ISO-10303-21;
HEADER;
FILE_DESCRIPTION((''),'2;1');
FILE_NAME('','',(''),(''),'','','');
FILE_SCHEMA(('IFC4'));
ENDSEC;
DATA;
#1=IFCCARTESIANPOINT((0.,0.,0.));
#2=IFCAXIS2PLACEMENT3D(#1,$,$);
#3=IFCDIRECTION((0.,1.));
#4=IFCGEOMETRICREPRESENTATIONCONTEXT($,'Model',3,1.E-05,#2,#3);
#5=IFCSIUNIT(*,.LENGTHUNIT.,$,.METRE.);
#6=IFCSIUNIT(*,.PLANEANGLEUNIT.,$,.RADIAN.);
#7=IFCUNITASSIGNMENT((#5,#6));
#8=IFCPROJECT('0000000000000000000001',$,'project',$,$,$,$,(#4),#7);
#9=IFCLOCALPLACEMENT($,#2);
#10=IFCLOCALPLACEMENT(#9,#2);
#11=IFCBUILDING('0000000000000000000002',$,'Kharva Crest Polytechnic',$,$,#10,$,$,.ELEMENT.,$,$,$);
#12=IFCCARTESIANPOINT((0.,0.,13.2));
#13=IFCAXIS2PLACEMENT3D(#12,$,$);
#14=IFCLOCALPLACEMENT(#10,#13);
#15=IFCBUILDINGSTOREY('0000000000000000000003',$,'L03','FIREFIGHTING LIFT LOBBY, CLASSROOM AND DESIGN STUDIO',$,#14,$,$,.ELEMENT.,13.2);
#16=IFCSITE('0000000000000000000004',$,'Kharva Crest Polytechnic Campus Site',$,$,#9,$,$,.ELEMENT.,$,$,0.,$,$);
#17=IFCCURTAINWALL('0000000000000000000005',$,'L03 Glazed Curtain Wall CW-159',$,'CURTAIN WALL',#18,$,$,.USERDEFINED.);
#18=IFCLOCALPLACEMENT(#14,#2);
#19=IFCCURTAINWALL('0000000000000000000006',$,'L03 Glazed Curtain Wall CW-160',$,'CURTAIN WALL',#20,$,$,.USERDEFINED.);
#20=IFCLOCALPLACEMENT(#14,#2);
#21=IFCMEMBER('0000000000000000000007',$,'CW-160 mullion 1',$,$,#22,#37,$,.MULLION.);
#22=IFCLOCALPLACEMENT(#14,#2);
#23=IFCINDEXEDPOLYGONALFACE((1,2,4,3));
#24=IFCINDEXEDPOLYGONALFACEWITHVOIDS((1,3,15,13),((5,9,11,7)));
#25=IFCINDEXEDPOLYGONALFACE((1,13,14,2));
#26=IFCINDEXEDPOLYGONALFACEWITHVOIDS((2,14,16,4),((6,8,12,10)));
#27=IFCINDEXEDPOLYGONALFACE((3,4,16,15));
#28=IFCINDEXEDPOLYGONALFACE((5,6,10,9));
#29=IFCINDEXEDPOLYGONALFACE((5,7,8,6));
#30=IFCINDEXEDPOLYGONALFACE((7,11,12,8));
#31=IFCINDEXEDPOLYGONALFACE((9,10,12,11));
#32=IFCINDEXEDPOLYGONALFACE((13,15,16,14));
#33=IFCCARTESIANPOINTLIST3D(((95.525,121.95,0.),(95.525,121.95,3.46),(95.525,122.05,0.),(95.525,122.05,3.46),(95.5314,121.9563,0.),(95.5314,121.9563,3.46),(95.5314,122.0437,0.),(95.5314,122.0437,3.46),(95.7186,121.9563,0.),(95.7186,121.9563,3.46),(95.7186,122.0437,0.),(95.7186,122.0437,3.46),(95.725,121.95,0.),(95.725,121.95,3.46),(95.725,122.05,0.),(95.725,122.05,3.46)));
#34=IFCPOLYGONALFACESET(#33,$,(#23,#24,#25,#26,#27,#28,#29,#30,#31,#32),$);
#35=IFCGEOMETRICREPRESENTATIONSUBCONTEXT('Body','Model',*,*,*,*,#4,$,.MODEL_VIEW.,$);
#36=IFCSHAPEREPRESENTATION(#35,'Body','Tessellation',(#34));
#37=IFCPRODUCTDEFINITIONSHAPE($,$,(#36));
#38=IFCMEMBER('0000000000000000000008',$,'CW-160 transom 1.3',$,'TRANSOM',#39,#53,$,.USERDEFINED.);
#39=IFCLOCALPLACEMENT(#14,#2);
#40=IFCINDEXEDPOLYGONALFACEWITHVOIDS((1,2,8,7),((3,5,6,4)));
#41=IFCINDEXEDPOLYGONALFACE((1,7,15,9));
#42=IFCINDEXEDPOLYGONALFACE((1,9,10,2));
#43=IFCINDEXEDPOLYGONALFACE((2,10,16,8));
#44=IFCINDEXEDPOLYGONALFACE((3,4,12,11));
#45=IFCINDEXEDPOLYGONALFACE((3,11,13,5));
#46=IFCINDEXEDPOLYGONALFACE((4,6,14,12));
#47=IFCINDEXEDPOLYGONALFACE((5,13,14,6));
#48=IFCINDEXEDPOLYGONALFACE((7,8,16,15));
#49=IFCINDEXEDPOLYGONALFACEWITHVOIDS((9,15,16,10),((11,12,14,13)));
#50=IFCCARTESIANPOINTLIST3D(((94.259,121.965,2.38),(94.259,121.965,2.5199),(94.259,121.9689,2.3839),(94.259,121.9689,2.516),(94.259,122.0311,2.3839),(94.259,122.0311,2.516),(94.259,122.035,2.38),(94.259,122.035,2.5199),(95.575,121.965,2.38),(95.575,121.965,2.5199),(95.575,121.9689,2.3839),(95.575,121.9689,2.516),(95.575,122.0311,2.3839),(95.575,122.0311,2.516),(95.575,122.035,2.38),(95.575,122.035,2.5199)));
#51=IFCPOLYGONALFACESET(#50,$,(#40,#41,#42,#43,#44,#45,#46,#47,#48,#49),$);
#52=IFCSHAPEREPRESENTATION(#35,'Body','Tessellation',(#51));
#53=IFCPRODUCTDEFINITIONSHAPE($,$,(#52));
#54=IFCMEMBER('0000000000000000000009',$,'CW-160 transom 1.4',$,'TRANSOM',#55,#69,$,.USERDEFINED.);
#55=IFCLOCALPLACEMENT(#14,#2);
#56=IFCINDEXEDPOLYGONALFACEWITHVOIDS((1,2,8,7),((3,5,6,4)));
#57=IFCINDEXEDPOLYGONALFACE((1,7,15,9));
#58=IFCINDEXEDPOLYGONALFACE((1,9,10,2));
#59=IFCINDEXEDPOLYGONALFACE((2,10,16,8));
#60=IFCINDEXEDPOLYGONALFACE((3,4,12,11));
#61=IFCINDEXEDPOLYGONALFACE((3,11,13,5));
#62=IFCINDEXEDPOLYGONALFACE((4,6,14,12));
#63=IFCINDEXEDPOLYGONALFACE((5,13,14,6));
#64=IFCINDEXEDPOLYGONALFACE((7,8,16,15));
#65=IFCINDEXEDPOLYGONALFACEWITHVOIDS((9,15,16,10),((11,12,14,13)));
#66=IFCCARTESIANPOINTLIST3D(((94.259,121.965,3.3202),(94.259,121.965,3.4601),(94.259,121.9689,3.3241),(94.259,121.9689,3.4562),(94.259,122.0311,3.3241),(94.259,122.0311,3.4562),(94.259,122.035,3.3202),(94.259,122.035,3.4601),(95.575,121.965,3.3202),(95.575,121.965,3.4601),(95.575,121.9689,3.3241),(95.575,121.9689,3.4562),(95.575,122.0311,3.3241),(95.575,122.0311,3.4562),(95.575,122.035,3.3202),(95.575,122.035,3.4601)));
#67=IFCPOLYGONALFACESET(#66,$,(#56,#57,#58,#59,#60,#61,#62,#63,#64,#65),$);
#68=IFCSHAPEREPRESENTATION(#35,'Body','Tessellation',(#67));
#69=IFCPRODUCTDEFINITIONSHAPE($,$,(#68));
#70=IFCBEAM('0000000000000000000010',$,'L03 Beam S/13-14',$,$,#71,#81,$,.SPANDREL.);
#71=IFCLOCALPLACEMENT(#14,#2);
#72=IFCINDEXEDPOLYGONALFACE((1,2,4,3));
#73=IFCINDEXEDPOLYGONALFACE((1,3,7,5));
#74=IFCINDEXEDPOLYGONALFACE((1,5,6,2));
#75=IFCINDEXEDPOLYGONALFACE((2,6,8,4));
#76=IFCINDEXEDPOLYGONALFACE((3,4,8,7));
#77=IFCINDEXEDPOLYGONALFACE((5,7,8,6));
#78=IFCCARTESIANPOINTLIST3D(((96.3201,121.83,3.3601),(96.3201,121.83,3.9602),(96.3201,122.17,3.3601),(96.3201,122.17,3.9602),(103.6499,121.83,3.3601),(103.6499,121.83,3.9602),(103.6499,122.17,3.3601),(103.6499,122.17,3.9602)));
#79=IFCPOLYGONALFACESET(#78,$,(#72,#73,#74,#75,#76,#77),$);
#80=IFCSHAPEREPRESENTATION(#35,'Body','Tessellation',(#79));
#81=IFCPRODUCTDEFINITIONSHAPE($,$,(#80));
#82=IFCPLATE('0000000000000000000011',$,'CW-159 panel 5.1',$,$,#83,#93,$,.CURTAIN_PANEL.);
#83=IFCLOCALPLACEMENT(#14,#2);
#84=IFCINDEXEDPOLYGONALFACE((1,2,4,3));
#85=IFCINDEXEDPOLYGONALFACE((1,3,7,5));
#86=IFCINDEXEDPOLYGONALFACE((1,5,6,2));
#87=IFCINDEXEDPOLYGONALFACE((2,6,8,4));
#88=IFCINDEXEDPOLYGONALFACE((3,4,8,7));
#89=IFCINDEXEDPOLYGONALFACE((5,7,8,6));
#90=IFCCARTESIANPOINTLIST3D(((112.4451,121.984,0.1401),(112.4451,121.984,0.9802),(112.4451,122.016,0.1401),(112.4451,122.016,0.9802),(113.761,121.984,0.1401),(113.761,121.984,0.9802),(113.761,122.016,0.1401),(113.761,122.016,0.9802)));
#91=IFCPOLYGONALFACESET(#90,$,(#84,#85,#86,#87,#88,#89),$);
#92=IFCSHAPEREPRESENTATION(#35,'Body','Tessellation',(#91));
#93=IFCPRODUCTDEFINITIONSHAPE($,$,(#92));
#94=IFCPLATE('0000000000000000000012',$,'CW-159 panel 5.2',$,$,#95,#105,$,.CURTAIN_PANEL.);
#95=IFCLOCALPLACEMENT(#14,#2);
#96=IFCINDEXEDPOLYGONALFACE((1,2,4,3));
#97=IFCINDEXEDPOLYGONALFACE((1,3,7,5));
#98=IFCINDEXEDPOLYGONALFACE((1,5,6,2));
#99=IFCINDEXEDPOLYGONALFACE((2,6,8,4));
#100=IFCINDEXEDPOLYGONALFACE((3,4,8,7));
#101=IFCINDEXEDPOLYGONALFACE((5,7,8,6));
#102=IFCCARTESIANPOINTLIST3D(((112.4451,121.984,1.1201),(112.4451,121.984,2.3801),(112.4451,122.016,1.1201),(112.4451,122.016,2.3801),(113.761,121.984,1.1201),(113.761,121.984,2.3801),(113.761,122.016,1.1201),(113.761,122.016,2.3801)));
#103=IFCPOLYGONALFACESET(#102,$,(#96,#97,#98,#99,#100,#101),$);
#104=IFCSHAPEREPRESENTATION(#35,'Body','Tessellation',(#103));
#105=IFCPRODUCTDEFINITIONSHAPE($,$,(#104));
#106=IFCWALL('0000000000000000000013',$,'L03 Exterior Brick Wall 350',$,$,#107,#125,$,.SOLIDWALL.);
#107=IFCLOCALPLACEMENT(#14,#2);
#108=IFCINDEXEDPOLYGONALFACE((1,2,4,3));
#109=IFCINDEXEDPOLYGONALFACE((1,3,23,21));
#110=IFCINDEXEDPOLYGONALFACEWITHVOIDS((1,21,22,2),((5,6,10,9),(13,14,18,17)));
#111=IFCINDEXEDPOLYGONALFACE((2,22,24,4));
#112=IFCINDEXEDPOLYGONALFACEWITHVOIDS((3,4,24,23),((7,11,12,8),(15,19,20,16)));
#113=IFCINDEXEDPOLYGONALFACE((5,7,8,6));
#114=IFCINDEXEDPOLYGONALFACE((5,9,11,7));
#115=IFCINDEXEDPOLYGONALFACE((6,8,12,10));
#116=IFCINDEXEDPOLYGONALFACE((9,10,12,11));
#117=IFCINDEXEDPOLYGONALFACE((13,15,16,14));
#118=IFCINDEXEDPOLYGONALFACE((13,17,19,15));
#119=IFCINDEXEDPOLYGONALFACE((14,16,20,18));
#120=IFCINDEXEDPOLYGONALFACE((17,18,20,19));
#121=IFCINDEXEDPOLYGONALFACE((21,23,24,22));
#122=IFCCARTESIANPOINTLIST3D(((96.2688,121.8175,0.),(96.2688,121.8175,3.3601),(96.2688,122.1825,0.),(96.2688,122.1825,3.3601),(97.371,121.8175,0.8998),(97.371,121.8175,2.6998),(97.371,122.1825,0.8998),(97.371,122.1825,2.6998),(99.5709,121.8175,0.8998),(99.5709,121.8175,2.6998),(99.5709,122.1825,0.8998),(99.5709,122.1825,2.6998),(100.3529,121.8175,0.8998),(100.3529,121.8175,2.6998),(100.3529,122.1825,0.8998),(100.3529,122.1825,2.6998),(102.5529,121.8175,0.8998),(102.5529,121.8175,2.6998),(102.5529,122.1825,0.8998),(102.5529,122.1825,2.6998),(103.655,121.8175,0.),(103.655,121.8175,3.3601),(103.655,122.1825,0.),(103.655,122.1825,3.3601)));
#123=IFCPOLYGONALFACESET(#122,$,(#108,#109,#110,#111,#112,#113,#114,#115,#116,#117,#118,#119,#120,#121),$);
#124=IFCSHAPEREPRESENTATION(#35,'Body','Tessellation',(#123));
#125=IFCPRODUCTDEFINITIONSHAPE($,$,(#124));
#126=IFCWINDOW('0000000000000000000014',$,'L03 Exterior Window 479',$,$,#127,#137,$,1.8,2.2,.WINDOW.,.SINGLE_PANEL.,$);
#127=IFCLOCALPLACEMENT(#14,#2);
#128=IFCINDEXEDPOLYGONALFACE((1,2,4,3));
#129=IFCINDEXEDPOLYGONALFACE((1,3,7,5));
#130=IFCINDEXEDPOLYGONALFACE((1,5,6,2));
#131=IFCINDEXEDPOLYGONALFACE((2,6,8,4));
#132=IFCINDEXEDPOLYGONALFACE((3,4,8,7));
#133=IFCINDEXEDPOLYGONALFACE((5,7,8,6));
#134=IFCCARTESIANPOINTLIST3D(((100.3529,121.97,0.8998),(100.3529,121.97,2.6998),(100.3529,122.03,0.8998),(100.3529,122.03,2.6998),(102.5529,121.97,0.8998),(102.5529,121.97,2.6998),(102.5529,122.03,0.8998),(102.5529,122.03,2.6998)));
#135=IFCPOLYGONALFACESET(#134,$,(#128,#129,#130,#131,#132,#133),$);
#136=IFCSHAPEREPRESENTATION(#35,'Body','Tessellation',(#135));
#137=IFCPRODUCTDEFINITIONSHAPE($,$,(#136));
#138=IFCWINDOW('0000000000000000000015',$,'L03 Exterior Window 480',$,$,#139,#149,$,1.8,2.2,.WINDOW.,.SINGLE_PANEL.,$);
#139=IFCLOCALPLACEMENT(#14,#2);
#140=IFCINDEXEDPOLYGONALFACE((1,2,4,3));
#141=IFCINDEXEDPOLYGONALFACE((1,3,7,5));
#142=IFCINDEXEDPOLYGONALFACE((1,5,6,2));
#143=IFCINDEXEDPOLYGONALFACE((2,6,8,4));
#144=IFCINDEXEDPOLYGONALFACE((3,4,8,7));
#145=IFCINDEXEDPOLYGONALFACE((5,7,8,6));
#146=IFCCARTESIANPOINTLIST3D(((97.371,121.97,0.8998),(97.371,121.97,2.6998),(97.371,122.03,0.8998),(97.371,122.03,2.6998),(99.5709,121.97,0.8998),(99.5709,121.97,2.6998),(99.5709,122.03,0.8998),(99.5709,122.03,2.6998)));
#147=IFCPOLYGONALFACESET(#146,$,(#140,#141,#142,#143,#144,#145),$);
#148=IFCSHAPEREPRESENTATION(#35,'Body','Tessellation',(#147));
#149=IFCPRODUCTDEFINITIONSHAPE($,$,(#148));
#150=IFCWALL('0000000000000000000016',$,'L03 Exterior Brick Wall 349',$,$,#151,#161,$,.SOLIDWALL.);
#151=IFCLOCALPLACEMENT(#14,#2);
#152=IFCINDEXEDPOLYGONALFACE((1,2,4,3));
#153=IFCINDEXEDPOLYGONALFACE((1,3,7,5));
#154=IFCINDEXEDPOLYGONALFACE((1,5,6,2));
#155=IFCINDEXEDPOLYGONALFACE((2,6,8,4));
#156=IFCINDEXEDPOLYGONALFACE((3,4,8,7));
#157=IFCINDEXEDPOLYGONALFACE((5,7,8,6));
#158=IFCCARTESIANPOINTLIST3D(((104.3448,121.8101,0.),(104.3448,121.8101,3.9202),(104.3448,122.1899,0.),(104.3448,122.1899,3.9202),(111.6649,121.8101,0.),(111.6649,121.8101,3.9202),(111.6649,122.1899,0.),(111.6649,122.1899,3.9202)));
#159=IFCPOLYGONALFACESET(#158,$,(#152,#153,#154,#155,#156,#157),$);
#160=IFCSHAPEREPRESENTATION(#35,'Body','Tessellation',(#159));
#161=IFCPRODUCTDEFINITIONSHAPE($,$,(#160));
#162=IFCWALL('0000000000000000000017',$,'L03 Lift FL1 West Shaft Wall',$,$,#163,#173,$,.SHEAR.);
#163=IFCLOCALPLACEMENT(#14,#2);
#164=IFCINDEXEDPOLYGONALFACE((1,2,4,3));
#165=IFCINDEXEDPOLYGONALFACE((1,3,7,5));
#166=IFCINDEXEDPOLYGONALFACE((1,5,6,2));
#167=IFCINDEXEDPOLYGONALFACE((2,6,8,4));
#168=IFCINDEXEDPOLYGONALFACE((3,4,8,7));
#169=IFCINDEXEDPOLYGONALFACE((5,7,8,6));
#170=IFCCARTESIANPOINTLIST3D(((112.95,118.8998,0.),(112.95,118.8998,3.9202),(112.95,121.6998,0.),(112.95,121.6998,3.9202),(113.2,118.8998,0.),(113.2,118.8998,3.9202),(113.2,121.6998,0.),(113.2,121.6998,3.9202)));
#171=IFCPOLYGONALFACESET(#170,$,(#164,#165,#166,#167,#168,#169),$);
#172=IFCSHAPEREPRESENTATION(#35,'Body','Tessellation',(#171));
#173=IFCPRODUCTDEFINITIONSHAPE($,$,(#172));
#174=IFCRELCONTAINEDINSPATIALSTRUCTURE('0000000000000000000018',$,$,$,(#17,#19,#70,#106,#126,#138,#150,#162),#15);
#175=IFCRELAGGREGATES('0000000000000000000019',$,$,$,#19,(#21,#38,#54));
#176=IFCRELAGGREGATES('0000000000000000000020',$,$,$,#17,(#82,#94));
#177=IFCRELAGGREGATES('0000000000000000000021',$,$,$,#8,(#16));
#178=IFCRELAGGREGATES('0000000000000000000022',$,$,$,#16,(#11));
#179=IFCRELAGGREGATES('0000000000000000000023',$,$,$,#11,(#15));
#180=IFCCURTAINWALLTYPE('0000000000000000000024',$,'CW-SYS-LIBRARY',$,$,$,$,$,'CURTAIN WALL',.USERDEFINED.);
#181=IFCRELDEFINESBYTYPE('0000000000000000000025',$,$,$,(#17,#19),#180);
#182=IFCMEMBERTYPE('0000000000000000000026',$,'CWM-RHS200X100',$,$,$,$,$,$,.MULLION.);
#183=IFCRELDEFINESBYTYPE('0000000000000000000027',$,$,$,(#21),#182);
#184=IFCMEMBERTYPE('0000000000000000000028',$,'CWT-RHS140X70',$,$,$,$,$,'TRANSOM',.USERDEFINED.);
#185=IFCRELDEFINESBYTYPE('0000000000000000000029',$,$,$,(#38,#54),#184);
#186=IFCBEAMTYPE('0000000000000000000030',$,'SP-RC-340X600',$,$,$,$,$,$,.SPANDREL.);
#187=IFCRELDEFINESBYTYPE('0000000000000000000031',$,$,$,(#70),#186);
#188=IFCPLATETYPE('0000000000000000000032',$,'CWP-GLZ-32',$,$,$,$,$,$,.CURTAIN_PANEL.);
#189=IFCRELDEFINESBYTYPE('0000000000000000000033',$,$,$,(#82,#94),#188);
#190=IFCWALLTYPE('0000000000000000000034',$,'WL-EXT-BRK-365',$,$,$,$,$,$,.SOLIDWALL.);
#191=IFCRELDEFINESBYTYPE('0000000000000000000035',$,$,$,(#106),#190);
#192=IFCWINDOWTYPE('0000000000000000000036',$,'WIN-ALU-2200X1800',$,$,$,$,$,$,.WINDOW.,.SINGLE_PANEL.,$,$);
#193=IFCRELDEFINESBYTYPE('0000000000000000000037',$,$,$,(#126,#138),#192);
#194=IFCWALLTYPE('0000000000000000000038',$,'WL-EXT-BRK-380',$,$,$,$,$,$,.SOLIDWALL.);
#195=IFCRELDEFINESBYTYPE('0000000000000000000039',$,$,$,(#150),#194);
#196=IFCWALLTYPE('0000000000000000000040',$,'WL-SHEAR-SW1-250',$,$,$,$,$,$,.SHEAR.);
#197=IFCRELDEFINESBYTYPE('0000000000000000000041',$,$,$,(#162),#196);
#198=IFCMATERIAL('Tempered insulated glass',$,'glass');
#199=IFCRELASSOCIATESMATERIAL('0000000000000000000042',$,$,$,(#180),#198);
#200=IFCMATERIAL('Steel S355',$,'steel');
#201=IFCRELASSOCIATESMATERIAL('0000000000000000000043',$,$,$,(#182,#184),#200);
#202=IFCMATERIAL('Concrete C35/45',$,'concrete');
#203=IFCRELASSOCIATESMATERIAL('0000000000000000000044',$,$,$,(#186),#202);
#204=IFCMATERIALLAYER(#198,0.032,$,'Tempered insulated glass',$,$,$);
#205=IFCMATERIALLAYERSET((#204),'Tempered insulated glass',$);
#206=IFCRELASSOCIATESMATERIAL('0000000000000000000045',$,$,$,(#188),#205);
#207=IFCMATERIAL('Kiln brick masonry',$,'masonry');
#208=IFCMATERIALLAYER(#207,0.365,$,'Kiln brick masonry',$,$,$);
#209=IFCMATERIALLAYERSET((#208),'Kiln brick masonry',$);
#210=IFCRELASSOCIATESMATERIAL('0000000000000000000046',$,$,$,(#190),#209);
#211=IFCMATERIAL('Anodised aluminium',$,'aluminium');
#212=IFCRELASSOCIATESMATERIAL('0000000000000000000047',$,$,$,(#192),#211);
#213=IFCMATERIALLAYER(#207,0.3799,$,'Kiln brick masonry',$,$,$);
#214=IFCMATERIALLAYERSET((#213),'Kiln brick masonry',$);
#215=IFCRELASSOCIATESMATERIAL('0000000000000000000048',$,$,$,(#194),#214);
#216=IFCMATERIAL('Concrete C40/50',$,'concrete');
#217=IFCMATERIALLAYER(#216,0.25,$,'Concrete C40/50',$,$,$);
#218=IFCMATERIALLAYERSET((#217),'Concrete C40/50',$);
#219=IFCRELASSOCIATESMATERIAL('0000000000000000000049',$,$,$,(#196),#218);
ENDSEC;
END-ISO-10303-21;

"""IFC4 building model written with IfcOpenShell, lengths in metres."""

from ifc_helpers import new_model, si_unit, direction, frame, frame_2d, origin, origin_2d, place, context, subcontext, project, spatial, rectangle, hollow_rectangle, extrude, material, layer, layer_set, material_profile, profile_set, type_object, element, fill, aggregate, save


model = new_model("IFC4")

# Units and contexts
model_context = context("Model", 3, precision=1e-05, world=origin(), true_north=direction((0.0, 1.0)))
body_context = subcontext(model_context, "Body", "Model", "MODEL_VIEW")
ifc_project = project(units=[si_unit("LENGTHUNIT", "METRE"), si_unit("PLANEANGLEUNIT", "RADIAN")], contexts=[model_context])

# Site, building, storey
site_placement = place(None, origin())
site = spatial("IfcSite", under=ifc_project, at=site_placement, Name="Kharva Crest Polytechnic Campus Site", CompositionType="ELEMENT", RefElevation=0.0)
building_placement = place(site_placement, origin())
building = spatial("IfcBuilding", under=site, at=building_placement, Name="Kharva Crest Polytechnic", CompositionType="ELEMENT")
storey_placement = place(building_placement, frame((0.0, 0.0, 13.2)))
storey = spatial("IfcBuildingStorey", under=building, at=storey_placement, Name="L03", Description="FIREFIGHTING LIFT LOBBY, CLASSROOM AND DESIGN STUDIO", CompositionType="ELEMENT", Elevation=13.2)

# Shared definitions
ifc_material_1 = material(Name="Concrete C40/50", Category="concrete")
ifc_material_2 = material(Name="Steel S355", Category="steel")

# Curtain wall
ifc_material_3 = material(Name="Tempered insulated glass", Category="glass")
curtain_wall_type = type_object("IfcCurtainWallType", Name="CW-SYS-LIBRARY", ElementType="CURTAIN WALL", PredefinedType="USERDEFINED", material=ifc_material_3)
curtain_wall_1_placement = place(storey_placement, origin())
curtain_wall_1 = element("IfcCurtainWall", 1, at=curtain_wall_1_placement, inside=storey, type_object=curtain_wall_type, Name="L03 Glazed Curtain Wall CW-159", ObjectType="CURTAIN WALL", PredefinedType="USERDEFINED")
ifc_material_profile_1 = material_profile(ifc_material_2, hollow_rectangle(XDim=0.1001, YDim=0.2, WallThickness=0.0063, at=origin_2d()), Name="RHS 200X100X6.3")
ifc_profile_set_1 = profile_set([ifc_material_profile_1], Name="Steel S355")
member_type_1 = type_object("IfcMemberType", Name="CWM-RHS200X100", PredefinedType="MULLION", material=ifc_profile_set_1)

# Curtain wall, members
curtain_wall_2_placement = place(storey_placement, origin())
curtain_wall_2 = element("IfcCurtainWall", 2, at=curtain_wall_2_placement, inside=storey, type_object=curtain_wall_type, Name="L03 Glazed Curtain Wall CW-160", ObjectType="CURTAIN WALL", PredefinedType="USERDEFINED")
member_1_placement = place(storey_placement, frame((95.625, 122.0, 0.0), z_axis=(0.0, 0.0, 1.0), x_axis=(0.0, -1.0, 0.0)))
member_1 = element("IfcMember", 3, at=member_1_placement, type_object=member_type_1, Name="CW-160 mullion 1", PredefinedType="MULLION", context=body_context, shape_type="SweptSolid", body=[
    extrude(hollow_rectangle(XDim=0.1001, YDim=0.2, WallThickness=0.0063, at=origin_2d()), origin(), (0.0, 0.0, 1.0), 3.46),
])
ifc_material_profile_2 = material_profile(ifc_material_2, hollow_rectangle(XDim=0.0701, YDim=0.1399, WallThickness=0.0039, at=origin_2d()), Name="RHS 140X70X4.0")
ifc_profile_set_2 = profile_set([ifc_material_profile_2], Name="Steel S355")
member_type_2 = type_object("IfcMemberType", Name="CWT-RHS140X70", ElementType="TRANSOM", PredefinedType="USERDEFINED", material=ifc_profile_set_2)
member_2_placement = place(storey_placement, frame((95.575, 122.0, 2.45), z_axis=(-1.0, 0.0, 0.0), x_axis=(0.0, -1.0, 0.0)))
member_2 = element("IfcMember", 4, at=member_2_placement, type_object=member_type_2, Name="CW-160 transom 1.3", ObjectType="TRANSOM", PredefinedType="USERDEFINED", context=body_context, shape_type="SweptSolid", body=[
    extrude(hollow_rectangle(XDim=0.0701, YDim=0.1399, WallThickness=0.0039, at=origin_2d()), origin(), (0.0, 0.0, 1.0), 1.3159),
])
member_3_placement = place(storey_placement, frame((95.575, 122.0, 3.3901), z_axis=(-1.0, 0.0, 0.0), x_axis=(0.0, -1.0, 0.0)))
member_3 = element("IfcMember", 5, at=member_3_placement, type_object=member_type_2, Name="CW-160 transom 1.4", ObjectType="TRANSOM", PredefinedType="USERDEFINED", context=body_context, shape_type="SweptSolid", body=[
    extrude(hollow_rectangle(XDim=0.0701, YDim=0.1399, WallThickness=0.0039, at=origin_2d()), origin(), (0.0, 0.0, 1.0), 1.3159),
])
aggregate(curtain_wall_2, [member_1, member_2, member_3])

# Beam
ifc_material_4 = material(Name="Concrete C35/45", Category="concrete")
ifc_material_profile_3 = material_profile(ifc_material_4, rectangle(XDim=0.3401, YDim=0.6001, at=origin_2d()), Name="RECT 340 X 600")
ifc_profile_set_3 = profile_set([ifc_material_profile_3], Name="Concrete C35/45")
beam_type = type_object("IfcBeamType", Name="SP-RC-340X600", PredefinedType="SPANDREL", material=ifc_profile_set_3)
beam_placement = place(storey_placement, frame((96.3201, 122.0, 3.6602), z_axis=(1.0, 0.0, 0.0), x_axis=(0.0, 1.0, 0.0)))
element("IfcBeam", 6, at=beam_placement, inside=storey, type_object=beam_type, Name="L03 Beam S/13-14", PredefinedType="SPANDREL", context=body_context, shape_type="SweptSolid", body=[
    extrude(rectangle(XDim=0.3401, YDim=0.6001, at=origin_2d()), origin(), (0.0, 0.0, 1.0), 7.3298),
])

# Plates
ifc_layer_1 = layer(ifc_material_3, 0.032, Name="Tempered insulated glass")
ifc_layer_set_1 = layer_set([ifc_layer_1], Name="Tempered insulated glass")
plate_type = type_object("IfcPlateType", Name="CWP-GLZ-32", PredefinedType="CURTAIN_PANEL", material=ifc_layer_set_1)
plate_1_placement = place(storey_placement, frame((113.103, 122.0, 0.1401), z_axis=(0.0, 0.0, 1.0), x_axis=(-1.0, 0.0, 0.0)))
plate_1 = element("IfcPlate", 7, at=plate_1_placement, type_object=plate_type, Name="CW-159 panel 5.1", PredefinedType="CURTAIN_PANEL", context=body_context, shape_type="SweptSolid", body=[
    extrude(rectangle(XDim=1.3159, YDim=0.032, at=origin_2d()), origin(), (0.0, 0.0, 1.0), 0.8401),
])
plate_2_placement = place(storey_placement, frame((113.103, 122.0, 1.1201), z_axis=(0.0, 0.0, 1.0), x_axis=(-1.0, 0.0, 0.0)))
plate_2 = element("IfcPlate", 8, at=plate_2_placement, type_object=plate_type, Name="CW-159 panel 5.2", PredefinedType="CURTAIN_PANEL", context=body_context, shape_type="SweptSolid", body=[
    extrude(rectangle(XDim=1.3159, YDim=0.032, at=origin_2d()), origin(), (0.0, 0.0, 1.0), 1.26),
])
aggregate(curtain_wall_1, [plate_1, plate_2])

# Wall, openings, windows
ifc_material_5 = material(Name="Kiln brick masonry", Category="masonry")
ifc_layer_2 = layer(ifc_material_5, 0.365, Name="Kiln brick masonry")
ifc_layer_set_2 = layer_set([ifc_layer_2], Name="Kiln brick masonry")
wall_type_1 = type_object("IfcWallType", Name="WL-EXT-BRK-365", PredefinedType="SOLIDWALL", material=ifc_layer_set_2)
wall_1_placement = place(storey_placement, frame((103.655, 122.0, 0.0), z_axis=(0.0, 0.0, 1.0), x_axis=(-1.0, 0.0, 0.0)))
wall_1 = element("IfcWall", 9, at=wall_1_placement, inside=storey, type_object=wall_type_1, Name="L03 Exterior Brick Wall 350", PredefinedType="SOLIDWALL", context=body_context, shape_type="SweptSolid", body=[
    extrude(rectangle(XDim=7.3862, YDim=0.365, at=frame_2d((3.6931, 0.0))), origin(), (0.0, 0.0, 1.0), 3.3601),
])
opening_1_placement = place(wall_1_placement, frame((1.1021, 0.0, 0.8999)))
opening_1 = element("IfcOpeningElement", 10, at=opening_1_placement, cuts=wall_1, PredefinedType="OPENING", context=body_context, shape_type="SweptSolid", body=[
    extrude(rectangle(XDim=2.2, YDim=1.8, at=frame_2d((1.1001, 0.8999))), frame((0.0, 0.1924, 0.0), z_axis=(0.0, -1.0, 0.0), x_axis=(1.0, 0.0, 0.0)), (0.0, 0.0, 1.0), 0.385),
])
opening_2_placement = place(wall_1_placement, frame((4.084, 0.0, 0.8999)))
opening_2 = element("IfcOpeningElement", 11, at=opening_2_placement, cuts=wall_1, PredefinedType="OPENING", context=body_context, shape_type="SweptSolid", body=[
    extrude(rectangle(XDim=2.2, YDim=1.8, at=frame_2d((1.1001, 0.8999))), frame((0.0, 0.1924, 0.0), z_axis=(0.0, -1.0, 0.0), x_axis=(1.0, 0.0, 0.0)), (0.0, 0.0, 1.0), 0.385),
])
ifc_material_6 = material(Name="Anodised aluminium", Category="aluminium")
window_type = type_object("IfcWindowType", Name="WIN-ALU-2200X1800", PartitioningType="SINGLE_PANEL", PredefinedType="WINDOW", material=ifc_material_6)
window_1_placement = place(opening_1_placement, origin())
window_1 = element("IfcWindow", 12, at=window_1_placement, inside=storey, type_object=window_type, Name="L03 Exterior Window 479", OverallHeight=1.8, OverallWidth=2.2, PartitioningType="SINGLE_PANEL", PredefinedType="WINDOW", context=body_context, shape_type="SweptSolid", body=[
    extrude(rectangle(XDim=2.2, YDim=1.8, at=frame_2d((1.1001, 0.8999))), frame((0.0, 0.03, 0.0), z_axis=(0.0, -1.0, 0.0), x_axis=(1.0, 0.0, 0.0)), (0.0, 0.0, 1.0), 0.0601),
])
fill(opening_1, window_1)
window_2_placement = place(opening_2_placement, origin())
window_2 = element("IfcWindow", 13, at=window_2_placement, inside=storey, type_object=window_type, Name="L03 Exterior Window 480", OverallHeight=1.8, OverallWidth=2.2, PartitioningType="SINGLE_PANEL", PredefinedType="WINDOW", context=body_context, shape_type="SweptSolid", body=[
    extrude(rectangle(XDim=2.2, YDim=1.8, at=frame_2d((1.1001, 0.8999))), frame((0.0, 0.03, 0.0), z_axis=(0.0, -1.0, 0.0), x_axis=(1.0, 0.0, 0.0)), (0.0, 0.0, 1.0), 0.0601),
])
fill(opening_2, window_2)

# Walls
ifc_layer_3 = layer(ifc_material_5, 0.3799, Name="Kiln brick masonry")
ifc_layer_set_3 = layer_set([ifc_layer_3], Name="Kiln brick masonry")
wall_type_2 = type_object("IfcWallType", Name="WL-EXT-BRK-380", PredefinedType="SOLIDWALL", material=ifc_layer_set_3)
wall_2_placement = place(storey_placement, frame((111.665, 122.0, 0.0), z_axis=(0.0, 0.0, 1.0), x_axis=(-1.0, 0.0, 0.0)))
element("IfcWall", 14, at=wall_2_placement, inside=storey, type_object=wall_type_2, Name="L03 Exterior Brick Wall 349", PredefinedType="SOLIDWALL", context=body_context, shape_type="SweptSolid", body=[
    extrude(rectangle(XDim=7.3201, YDim=0.3799, at=frame_2d((3.6602, 0.0))), origin(), (0.0, 0.0, 1.0), 3.9202),
])
ifc_layer_4 = layer(ifc_material_1, 0.25, Name="Concrete C40/50")
ifc_layer_set_4 = layer_set([ifc_layer_4], Name="Concrete C40/50")
wall_type_3 = type_object("IfcWallType", Name="WL-SHEAR-SW1-250", PredefinedType="SHEAR", material=ifc_layer_set_4)
wall_3_placement = place(storey_placement, frame((113.075, 118.8999, 0.0), z_axis=(0.0, 0.0, 1.0), x_axis=(0.0, 1.0, 0.0)))
element("IfcWall", 15, at=wall_3_placement, inside=storey, type_object=wall_type_3, Name="L03 Lift FL1 West Shaft Wall", PredefinedType="SHEAR", context=body_context, shape_type="SweptSolid", body=[
    extrude(rectangle(XDim=2.8, YDim=0.25, at=frame_2d((1.3999, 0.0))), origin(), (0.0, 0.0, 1.0), 3.9202),
])

save(model, "model.ifc")
